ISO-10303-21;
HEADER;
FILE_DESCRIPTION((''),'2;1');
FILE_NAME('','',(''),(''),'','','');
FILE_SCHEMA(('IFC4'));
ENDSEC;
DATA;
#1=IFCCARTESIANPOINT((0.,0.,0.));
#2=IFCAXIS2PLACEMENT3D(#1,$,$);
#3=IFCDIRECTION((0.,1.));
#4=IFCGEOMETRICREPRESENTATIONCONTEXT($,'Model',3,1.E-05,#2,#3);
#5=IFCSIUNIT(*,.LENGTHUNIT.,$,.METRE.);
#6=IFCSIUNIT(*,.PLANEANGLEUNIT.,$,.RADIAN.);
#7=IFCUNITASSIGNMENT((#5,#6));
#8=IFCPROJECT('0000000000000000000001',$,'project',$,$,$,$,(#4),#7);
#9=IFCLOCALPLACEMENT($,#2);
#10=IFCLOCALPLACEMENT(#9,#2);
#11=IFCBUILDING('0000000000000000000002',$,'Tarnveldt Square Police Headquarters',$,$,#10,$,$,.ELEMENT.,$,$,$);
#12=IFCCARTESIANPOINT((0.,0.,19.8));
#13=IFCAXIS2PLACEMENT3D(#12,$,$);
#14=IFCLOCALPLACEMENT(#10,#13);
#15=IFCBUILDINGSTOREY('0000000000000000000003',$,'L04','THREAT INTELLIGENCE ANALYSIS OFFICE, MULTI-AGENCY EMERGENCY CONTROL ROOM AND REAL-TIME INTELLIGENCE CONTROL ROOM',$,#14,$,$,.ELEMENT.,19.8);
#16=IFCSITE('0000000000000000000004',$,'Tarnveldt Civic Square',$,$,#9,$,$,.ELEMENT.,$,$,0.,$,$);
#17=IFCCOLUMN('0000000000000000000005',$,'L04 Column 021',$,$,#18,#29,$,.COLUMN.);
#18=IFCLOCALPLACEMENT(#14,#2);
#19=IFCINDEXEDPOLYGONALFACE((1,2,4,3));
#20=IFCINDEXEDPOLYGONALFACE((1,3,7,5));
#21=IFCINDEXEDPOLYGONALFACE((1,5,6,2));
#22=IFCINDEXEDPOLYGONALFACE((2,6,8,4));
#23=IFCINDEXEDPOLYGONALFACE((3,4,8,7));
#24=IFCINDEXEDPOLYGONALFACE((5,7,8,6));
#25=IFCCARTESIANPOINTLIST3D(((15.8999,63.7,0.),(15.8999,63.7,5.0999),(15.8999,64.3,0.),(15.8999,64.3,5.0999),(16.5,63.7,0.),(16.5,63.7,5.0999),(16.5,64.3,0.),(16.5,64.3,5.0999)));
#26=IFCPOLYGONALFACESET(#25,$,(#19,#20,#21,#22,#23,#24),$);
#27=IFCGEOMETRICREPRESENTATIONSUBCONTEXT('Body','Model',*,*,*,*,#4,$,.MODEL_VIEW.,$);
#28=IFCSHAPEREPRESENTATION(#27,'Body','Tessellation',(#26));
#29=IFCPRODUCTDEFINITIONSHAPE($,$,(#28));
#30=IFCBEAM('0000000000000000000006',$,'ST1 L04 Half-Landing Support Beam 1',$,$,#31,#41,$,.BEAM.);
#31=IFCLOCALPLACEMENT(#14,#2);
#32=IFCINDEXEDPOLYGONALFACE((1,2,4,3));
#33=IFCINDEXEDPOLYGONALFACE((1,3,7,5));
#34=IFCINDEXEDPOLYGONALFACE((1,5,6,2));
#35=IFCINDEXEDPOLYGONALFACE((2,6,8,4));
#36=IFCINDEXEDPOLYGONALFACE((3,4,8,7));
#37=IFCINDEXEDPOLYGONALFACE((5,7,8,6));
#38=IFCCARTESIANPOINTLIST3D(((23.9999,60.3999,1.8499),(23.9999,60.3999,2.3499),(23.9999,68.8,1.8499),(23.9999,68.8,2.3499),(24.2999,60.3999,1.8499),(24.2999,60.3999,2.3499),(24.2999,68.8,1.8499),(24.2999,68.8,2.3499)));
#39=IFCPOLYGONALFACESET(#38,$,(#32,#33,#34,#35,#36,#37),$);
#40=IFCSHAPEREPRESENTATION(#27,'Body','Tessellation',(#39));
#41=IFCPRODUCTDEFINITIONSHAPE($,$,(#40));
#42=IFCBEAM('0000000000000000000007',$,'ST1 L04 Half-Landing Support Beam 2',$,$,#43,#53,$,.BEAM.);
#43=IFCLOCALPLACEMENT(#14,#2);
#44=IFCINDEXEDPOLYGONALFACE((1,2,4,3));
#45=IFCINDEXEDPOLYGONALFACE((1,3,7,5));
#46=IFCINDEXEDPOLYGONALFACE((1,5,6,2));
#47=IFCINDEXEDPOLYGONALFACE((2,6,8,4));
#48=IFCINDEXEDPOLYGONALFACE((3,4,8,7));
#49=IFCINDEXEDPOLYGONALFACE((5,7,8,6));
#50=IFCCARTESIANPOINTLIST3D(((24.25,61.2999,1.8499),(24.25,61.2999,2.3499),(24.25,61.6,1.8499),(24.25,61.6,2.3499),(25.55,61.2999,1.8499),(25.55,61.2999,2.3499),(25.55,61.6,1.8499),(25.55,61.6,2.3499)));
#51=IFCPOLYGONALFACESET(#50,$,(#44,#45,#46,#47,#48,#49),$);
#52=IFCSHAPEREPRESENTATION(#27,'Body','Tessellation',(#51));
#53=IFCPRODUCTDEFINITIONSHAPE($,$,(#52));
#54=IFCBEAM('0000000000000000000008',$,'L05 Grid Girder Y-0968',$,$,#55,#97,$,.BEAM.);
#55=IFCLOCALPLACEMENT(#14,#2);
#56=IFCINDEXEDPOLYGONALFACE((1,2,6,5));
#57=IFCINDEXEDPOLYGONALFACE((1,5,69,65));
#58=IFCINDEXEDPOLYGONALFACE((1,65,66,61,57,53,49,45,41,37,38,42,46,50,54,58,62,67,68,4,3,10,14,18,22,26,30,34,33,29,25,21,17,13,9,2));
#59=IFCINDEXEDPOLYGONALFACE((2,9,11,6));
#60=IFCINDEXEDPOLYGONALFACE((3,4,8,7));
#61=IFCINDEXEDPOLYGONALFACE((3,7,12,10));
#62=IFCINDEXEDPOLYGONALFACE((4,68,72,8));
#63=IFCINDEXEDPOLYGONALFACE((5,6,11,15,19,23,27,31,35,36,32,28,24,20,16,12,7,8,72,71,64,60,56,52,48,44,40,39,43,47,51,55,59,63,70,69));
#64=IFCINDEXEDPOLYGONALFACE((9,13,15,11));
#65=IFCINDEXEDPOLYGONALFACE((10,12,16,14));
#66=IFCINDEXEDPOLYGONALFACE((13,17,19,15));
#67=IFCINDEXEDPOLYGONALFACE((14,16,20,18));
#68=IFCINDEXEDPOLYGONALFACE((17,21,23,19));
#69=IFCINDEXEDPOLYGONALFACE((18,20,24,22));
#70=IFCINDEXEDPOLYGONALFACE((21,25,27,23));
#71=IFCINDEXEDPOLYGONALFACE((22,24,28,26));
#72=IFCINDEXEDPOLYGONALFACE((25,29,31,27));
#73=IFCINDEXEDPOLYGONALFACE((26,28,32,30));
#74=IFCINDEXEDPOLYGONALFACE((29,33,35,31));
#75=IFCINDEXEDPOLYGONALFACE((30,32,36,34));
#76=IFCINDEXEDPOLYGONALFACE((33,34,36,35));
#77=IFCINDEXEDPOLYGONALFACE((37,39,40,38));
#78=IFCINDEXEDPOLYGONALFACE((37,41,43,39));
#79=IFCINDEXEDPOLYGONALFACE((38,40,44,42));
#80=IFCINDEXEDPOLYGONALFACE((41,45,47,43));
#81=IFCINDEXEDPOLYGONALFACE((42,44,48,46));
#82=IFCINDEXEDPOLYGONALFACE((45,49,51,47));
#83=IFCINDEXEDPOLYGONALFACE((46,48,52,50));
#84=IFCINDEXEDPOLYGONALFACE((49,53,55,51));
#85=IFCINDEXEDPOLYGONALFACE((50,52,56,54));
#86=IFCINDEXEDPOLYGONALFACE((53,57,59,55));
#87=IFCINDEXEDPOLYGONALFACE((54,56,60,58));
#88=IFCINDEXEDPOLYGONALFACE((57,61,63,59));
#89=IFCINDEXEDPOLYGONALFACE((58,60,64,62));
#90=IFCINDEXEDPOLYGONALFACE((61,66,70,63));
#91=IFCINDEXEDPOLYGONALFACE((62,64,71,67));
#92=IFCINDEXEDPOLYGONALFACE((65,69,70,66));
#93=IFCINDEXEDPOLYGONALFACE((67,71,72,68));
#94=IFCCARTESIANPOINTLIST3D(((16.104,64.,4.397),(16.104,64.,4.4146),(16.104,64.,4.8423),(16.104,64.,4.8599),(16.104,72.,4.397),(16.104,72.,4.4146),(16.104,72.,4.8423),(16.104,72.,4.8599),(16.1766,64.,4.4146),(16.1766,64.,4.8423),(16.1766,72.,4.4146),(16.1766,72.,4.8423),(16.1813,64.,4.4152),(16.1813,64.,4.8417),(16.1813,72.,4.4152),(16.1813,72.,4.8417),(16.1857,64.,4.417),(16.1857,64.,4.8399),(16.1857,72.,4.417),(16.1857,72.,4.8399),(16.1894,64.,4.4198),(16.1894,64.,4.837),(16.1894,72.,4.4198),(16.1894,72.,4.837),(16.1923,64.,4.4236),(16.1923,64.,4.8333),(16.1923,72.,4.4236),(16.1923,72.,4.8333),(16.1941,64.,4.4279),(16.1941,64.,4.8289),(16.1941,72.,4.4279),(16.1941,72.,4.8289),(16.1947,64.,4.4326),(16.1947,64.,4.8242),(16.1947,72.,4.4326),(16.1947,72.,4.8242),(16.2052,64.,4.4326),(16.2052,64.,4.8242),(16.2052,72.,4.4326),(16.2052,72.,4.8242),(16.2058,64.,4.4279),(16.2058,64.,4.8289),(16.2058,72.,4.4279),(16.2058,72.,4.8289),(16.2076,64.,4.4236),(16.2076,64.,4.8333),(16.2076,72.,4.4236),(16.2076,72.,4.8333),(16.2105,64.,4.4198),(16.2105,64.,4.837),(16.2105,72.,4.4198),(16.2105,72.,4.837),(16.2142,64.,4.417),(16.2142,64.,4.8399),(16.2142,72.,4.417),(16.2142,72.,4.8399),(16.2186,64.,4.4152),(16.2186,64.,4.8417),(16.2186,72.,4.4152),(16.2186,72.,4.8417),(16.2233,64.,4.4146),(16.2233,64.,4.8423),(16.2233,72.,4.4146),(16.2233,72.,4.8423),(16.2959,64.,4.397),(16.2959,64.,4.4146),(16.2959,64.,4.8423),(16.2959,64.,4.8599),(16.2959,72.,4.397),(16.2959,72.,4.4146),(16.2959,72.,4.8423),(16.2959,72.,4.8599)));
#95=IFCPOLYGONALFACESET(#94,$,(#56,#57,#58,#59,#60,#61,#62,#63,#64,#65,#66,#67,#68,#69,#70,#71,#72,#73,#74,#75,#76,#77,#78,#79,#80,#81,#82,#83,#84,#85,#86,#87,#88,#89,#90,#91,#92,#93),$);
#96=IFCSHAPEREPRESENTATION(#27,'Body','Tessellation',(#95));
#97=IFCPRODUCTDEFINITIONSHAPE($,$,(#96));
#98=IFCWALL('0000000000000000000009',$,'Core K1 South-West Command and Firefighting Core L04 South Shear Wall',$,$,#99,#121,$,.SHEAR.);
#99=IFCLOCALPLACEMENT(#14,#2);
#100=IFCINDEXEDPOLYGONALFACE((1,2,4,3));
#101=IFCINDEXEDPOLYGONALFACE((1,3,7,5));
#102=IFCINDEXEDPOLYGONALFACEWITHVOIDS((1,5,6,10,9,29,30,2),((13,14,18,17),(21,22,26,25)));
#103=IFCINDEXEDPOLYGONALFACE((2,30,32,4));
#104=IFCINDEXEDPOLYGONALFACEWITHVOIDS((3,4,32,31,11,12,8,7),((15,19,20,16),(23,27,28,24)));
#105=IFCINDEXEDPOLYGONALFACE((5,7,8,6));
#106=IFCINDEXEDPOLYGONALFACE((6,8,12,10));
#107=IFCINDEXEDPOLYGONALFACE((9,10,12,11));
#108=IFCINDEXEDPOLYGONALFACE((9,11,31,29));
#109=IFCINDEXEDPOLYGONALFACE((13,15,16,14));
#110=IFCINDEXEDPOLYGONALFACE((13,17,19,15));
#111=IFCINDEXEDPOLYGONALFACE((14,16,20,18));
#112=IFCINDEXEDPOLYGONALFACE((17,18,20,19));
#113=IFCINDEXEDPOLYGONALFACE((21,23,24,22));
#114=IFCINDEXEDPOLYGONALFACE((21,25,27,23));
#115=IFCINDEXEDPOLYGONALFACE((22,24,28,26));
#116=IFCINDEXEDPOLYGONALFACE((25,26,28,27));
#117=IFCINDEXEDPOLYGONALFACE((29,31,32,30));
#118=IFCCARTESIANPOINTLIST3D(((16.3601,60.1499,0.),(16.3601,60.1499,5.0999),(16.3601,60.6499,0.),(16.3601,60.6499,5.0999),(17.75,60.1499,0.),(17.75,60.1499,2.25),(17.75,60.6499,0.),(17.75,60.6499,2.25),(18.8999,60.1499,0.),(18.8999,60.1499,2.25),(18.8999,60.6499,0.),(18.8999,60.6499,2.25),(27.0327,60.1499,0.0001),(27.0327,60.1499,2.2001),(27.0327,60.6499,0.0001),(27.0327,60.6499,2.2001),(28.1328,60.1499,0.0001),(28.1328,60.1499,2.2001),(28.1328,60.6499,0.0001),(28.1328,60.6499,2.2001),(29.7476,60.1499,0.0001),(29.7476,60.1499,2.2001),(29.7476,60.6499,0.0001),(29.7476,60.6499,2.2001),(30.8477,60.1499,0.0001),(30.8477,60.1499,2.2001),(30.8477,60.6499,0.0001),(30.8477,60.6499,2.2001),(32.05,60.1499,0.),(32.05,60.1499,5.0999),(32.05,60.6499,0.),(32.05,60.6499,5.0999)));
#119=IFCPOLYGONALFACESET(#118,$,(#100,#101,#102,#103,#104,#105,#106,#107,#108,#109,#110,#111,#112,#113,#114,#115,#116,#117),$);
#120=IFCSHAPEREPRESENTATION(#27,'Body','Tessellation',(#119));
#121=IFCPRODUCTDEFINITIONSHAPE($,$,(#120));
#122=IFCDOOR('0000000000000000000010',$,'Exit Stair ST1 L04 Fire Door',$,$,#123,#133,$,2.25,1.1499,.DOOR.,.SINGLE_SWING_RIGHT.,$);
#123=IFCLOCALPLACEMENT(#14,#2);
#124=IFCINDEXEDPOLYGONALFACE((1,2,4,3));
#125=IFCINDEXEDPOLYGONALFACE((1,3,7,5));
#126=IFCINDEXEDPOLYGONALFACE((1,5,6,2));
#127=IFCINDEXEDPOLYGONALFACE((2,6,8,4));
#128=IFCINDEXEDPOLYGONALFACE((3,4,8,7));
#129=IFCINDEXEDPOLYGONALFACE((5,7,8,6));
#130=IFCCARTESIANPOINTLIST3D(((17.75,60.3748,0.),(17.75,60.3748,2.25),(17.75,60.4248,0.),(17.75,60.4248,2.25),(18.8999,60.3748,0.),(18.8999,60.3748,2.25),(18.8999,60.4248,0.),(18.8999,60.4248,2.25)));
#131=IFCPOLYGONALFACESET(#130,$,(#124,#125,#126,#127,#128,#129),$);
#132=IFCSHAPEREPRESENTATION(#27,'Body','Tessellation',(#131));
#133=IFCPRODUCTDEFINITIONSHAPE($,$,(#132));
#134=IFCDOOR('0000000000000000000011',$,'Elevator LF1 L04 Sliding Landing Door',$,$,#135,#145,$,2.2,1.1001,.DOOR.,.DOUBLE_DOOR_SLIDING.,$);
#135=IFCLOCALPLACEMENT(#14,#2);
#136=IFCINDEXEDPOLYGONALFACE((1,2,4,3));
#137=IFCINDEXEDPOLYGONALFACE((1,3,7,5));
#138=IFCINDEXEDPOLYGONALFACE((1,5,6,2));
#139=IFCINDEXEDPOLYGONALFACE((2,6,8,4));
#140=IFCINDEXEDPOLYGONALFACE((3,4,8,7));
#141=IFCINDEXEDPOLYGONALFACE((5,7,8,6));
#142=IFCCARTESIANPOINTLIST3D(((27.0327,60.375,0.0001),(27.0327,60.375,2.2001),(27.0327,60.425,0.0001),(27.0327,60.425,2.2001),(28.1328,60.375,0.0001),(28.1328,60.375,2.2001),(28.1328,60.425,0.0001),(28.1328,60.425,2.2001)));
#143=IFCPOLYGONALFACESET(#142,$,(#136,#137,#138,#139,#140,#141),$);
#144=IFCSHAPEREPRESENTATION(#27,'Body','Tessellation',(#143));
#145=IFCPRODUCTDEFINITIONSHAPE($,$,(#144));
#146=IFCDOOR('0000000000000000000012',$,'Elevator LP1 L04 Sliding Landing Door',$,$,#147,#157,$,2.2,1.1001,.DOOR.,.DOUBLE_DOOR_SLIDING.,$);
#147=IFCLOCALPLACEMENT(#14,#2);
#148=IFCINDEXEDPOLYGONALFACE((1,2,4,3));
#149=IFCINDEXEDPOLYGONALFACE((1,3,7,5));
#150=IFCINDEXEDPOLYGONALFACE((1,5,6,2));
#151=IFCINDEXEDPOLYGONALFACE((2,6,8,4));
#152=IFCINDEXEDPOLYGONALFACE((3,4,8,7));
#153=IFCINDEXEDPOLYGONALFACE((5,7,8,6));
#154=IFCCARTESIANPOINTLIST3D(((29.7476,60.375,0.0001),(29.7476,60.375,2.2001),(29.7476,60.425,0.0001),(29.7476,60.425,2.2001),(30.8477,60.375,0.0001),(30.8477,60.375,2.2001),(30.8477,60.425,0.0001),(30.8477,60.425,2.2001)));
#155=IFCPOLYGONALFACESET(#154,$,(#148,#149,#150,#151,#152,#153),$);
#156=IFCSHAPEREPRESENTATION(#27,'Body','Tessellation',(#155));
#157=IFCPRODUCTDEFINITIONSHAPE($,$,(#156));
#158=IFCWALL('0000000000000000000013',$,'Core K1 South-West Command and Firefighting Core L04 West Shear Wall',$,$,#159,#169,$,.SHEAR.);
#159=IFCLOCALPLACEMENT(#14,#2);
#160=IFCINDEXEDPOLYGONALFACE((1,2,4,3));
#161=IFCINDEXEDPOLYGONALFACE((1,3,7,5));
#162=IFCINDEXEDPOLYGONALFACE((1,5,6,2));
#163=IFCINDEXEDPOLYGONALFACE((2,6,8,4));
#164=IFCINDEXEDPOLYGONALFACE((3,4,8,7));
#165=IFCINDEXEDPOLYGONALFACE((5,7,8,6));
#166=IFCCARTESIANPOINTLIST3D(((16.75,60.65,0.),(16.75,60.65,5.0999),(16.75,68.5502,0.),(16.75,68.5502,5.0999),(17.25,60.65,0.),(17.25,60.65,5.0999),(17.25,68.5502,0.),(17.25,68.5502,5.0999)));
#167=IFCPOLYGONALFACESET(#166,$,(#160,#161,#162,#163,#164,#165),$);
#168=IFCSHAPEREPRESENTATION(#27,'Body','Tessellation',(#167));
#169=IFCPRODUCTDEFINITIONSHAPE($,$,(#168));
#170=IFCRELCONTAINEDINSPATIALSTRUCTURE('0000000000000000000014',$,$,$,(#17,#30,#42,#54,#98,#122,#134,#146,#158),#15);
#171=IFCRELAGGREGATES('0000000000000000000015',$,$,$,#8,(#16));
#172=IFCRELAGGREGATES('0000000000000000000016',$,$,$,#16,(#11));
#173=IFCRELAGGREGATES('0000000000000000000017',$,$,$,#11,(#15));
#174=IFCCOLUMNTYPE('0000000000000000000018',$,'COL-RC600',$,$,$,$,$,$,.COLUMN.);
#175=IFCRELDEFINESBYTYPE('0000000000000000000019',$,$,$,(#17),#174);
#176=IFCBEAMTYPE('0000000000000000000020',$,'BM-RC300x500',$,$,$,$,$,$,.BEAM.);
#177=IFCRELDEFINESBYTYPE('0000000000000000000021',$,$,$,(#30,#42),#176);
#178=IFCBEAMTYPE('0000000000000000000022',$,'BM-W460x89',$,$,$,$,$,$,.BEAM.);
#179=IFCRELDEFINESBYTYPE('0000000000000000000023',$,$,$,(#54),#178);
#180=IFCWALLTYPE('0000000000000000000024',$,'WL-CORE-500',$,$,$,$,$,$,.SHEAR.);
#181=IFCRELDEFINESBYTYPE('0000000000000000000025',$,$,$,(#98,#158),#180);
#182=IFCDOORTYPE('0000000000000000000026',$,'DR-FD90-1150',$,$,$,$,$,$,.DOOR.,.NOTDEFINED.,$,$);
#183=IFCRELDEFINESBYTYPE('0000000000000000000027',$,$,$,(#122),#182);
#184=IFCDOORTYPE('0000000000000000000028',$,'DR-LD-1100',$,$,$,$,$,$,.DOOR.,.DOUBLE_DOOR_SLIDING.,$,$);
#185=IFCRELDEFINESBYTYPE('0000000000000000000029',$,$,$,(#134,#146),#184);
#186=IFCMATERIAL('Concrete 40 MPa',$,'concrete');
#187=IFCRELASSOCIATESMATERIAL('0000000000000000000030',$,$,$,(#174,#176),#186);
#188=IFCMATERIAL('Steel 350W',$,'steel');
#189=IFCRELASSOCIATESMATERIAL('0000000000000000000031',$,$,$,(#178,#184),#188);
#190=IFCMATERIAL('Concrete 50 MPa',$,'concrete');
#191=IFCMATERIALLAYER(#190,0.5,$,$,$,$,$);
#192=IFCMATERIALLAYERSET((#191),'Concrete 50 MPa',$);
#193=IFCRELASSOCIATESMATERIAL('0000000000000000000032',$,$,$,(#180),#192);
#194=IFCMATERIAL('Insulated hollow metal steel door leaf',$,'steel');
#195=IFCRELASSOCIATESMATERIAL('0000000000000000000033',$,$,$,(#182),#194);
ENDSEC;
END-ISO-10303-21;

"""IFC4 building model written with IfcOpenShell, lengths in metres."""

from ifc_helpers import new_model, si_unit, direction, frame, frame_2d, origin, origin_2d, place, context, subcontext, project, spatial, rectangle, i_section, extrude, material, layer, layer_set, material_profile, profile_set, type_object, element, fill, save


model = new_model("IFC4")

# Units and contexts
model_context = context("Model", 3, precision=1e-05, world=origin(), true_north=direction((0.0, 1.0)))
body_context = subcontext(model_context, "Body", "Model", "MODEL_VIEW")
ifc_project = project(units=[si_unit("LENGTHUNIT", "METRE"), si_unit("PLANEANGLEUNIT", "RADIAN")], contexts=[model_context])

# Site, building, storey
site_placement = place(None, origin())
site = spatial("IfcSite", under=ifc_project, at=site_placement, Name="Tarnveldt Civic Square", CompositionType="ELEMENT", RefElevation=0.0)
building_placement = place(site_placement, origin())
building = spatial("IfcBuilding", under=site, at=building_placement, Name="Tarnveldt Square Police Headquarters", CompositionType="ELEMENT")
storey_placement = place(building_placement, frame((0.0, 0.0, 19.8)))
storey = spatial("IfcBuildingStorey", under=building, at=storey_placement, Name="L04", Description="THREAT INTELLIGENCE ANALYSIS OFFICE, MULTI-AGENCY EMERGENCY CONTROL ROOM AND REAL-TIME INTELLIGENCE CONTROL ROOM", CompositionType="ELEMENT", Elevation=19.8)

# Column
ifc_material_1 = material(Name="Concrete 40 MPa", Category="concrete")
ifc_material_profile_1 = material_profile(ifc_material_1, rectangle(XDim=0.6001, YDim=0.6001, at=origin_2d()), Name="RC-C600x600")
ifc_profile_set_1 = profile_set([ifc_material_profile_1], Name="Concrete 40 MPa")
column_type = type_object("IfcColumnType", Name="COL-RC600", PredefinedType="COLUMN", material=ifc_profile_set_1)
column_placement = place(storey_placement, frame((16.2, 64.0, 0.0), z_axis=(0.0, 0.0, 1.0), x_axis=(1.0, 0.0, 0.0)))
element("IfcColumn", 1, at=column_placement, inside=storey, type_object=column_type, Name="L04 Column 021", PredefinedType="COLUMN", context=body_context, shape_type="SweptSolid", body=[
    extrude(rectangle(XDim=0.6001, YDim=0.6001, at=origin_2d()), origin(), (0.0, 0.0, 1.0), 5.0999),
])

# Beams
ifc_material_profile_2 = material_profile(ifc_material_1, rectangle(XDim=0.3, YDim=0.5, at=origin_2d()), Name="RC-B300x500")
ifc_profile_set_2 = profile_set([ifc_material_profile_2], Name="Concrete 40 MPa")
beam_type_1 = type_object("IfcBeamType", Name="BM-RC300x500", PredefinedType="BEAM", material=ifc_profile_set_2)
beam_1_placement = place(storey_placement, frame((24.1499, 60.3999, 2.0999), z_axis=(0.0, 1.0, 0.0), x_axis=(-1.0, 0.0, 0.0)))
element("IfcBeam", 2, at=beam_1_placement, inside=storey, type_object=beam_type_1, Name="ST1 L04 Half-Landing Support Beam 1", PredefinedType="BEAM", context=body_context, shape_type="SweptSolid", body=[
    extrude(rectangle(XDim=0.3, YDim=0.5, at=origin_2d()), origin(), (0.0, 0.0, 1.0), 8.4001),
])
beam_2_placement = place(storey_placement, frame((24.25, 61.45, 2.0999), z_axis=(1.0, 0.0, 0.0), x_axis=(0.0, 1.0, 0.0)))
element("IfcBeam", 3, at=beam_2_placement, inside=storey, type_object=beam_type_1, Name="ST1 L04 Half-Landing Support Beam 2", PredefinedType="BEAM", context=body_context, shape_type="SweptSolid", body=[
    extrude(rectangle(XDim=0.3, YDim=0.5, at=origin_2d()), origin(), (0.0, 0.0, 1.0), 1.3),
])
ifc_material_2 = material(Name="Steel 350W", Category="steel")
ifc_material_profile_3 = material_profile(ifc_material_2, i_section(OverallWidth=0.1919, OverallDepth=0.4629, WebThickness=0.0105, FlangeThickness=0.0176, FilletRadius=0.0181, at=origin_2d()), Name="W460x89")
ifc_profile_set_3 = profile_set([ifc_material_profile_3], Name="Steel 350W")
beam_type_2 = type_object("IfcBeamType", Name="BM-W460x89", PredefinedType="BEAM", material=ifc_profile_set_3)
beam_3_placement = place(storey_placement, frame((16.2, 64.0, 4.6284), z_axis=(0.0, 1.0, 0.0), x_axis=(-1.0, 0.0, 0.0)))
element("IfcBeam", 4, at=beam_3_placement, inside=storey, type_object=beam_type_2, Name="L05 Grid Girder Y-0968", PredefinedType="BEAM", context=body_context, shape_type="SweptSolid", body=[
    extrude(i_section(OverallWidth=0.1919, OverallDepth=0.4629, WebThickness=0.0105, FlangeThickness=0.0176, FilletRadius=0.0181, at=origin_2d()), origin(), (0.0, 0.0, 1.0), 8.0),
])

# Wall, openings, doors
ifc_material_3 = material(Name="Concrete 50 MPa", Category="concrete")
ifc_layer_1 = layer(ifc_material_3, 0.5)
ifc_layer_set_1 = layer_set([ifc_layer_1], Name="Concrete 50 MPa")
wall_type_1 = type_object("IfcWallType", Name="WL-CORE-500", PredefinedType="SHEAR", material=ifc_layer_set_1)
wall_1_placement = place(storey_placement, frame((16.3601, 60.3999, 0.0), z_axis=(0.0, 0.0, 1.0), x_axis=(1.0, 0.0, 0.0)))
wall_1 = element("IfcWall", 5, at=wall_1_placement, inside=storey, type_object=wall_type_1, Name="Core K1 South-West Command and Firefighting Core L04 South Shear Wall", PredefinedType="SHEAR", context=body_context, shape_type="SweptSolid", body=[
    extrude(rectangle(XDim=15.6899, YDim=0.5, at=frame_2d((7.845, 0.0))), origin(), (0.0, 0.0, 1.0), 5.0999),
])
opening_1_placement = place(wall_1_placement, frame((1.3899, 0.0, 0.0)))
opening_1 = element("IfcOpeningElement", 6, at=opening_1_placement, cuts=wall_1, PredefinedType="OPENING", context=body_context, shape_type="SweptSolid", body=[
    extrude(rectangle(XDim=1.1499, YDim=2.25, at=frame_2d((0.575, 1.125))), frame((0.0, 0.26, 0.0), z_axis=(0.0, -1.0, 0.0), x_axis=(1.0, 0.0, 0.0)), (0.0, 0.0, 1.0), 0.52),
])
opening_2_placement = place(wall_1_placement, frame((10.6726, 0.0, 0.0)))
opening_2 = element("IfcOpeningElement", 7, at=opening_2_placement, cuts=wall_1, PredefinedType="OPENING", context=body_context, shape_type="SweptSolid", body=[
    extrude(rectangle(XDim=1.1001, YDim=2.2, at=frame_2d((0.55, 1.1001))), frame((0.0, 0.26, 0.0), z_axis=(0.0, -1.0, 0.0), x_axis=(1.0, 0.0, 0.0)), (0.0, 0.0, 1.0), 0.52),
])
opening_3_placement = place(wall_1_placement, frame((13.3875, 0.0, 0.0)))
opening_3 = element("IfcOpeningElement", 8, at=opening_3_placement, cuts=wall_1, PredefinedType="OPENING", context=body_context, shape_type="SweptSolid", body=[
    extrude(rectangle(XDim=1.1001, YDim=2.2, at=frame_2d((0.55, 1.1001))), frame((0.0, 0.26, 0.0), z_axis=(0.0, -1.0, 0.0), x_axis=(1.0, 0.0, 0.0)), (0.0, 0.0, 1.0), 0.52),
])
ifc_material_4 = material(Name="Insulated hollow metal steel door leaf", Category="steel")
door_type_1 = type_object("IfcDoorType", Name="DR-FD90-1150", OperationType="NOTDEFINED", PredefinedType="DOOR", material=ifc_material_4)
door_1_placement = place(opening_1_placement, origin())
door_1 = element("IfcDoor", 9, at=door_1_placement, inside=storey, type_object=door_type_1, Name="Exit Stair ST1 L04 Fire Door", OperationType="SINGLE_SWING_RIGHT", OverallHeight=2.25, OverallWidth=1.1499, PredefinedType="DOOR", context=body_context, shape_type="SweptSolid", body=[
    extrude(rectangle(XDim=1.1499, YDim=2.25, at=frame_2d((0.575, 1.125))), frame((0.0, 0.0249, 0.0), z_axis=(0.0, -1.0, 0.0), x_axis=(1.0, 0.0, 0.0)), (0.0, 0.0, 1.0), 0.05),
])
fill(opening_1, door_1)
door_type_2 = type_object("IfcDoorType", Name="DR-LD-1100", OperationType="DOUBLE_DOOR_SLIDING", PredefinedType="DOOR", material=ifc_material_2)
door_2_placement = place(opening_2_placement, frame((1.1001, 0.0, 0.0), z_axis=(0.0, 0.0, 1.0), x_axis=(-1.0, 0.0, 0.0)))
door_2 = element("IfcDoor", 10, at=door_2_placement, inside=storey, type_object=door_type_2, Name="Elevator LF1 L04 Sliding Landing Door", OperationType="DOUBLE_DOOR_SLIDING", OverallHeight=2.2, OverallWidth=1.1001, PredefinedType="DOOR", context=body_context, shape_type="SweptSolid", body=[
    extrude(rectangle(XDim=1.1001, YDim=2.2, at=frame_2d((0.55, 1.1001))), frame((0.0, 0.0249, 0.0), z_axis=(0.0, -1.0, 0.0), x_axis=(1.0, 0.0, 0.0)), (0.0, 0.0, 1.0), 0.05),
])
fill(opening_2, door_2)
door_3_placement = place(opening_3_placement, frame((1.1001, 0.0, 0.0), z_axis=(0.0, 0.0, 1.0), x_axis=(-1.0, 0.0, 0.0)))
door_3 = element("IfcDoor", 11, at=door_3_placement, inside=storey, type_object=door_type_2, Name="Elevator LP1 L04 Sliding Landing Door", OperationType="DOUBLE_DOOR_SLIDING", OverallHeight=2.2, OverallWidth=1.1001, PredefinedType="DOOR", context=body_context, shape_type="SweptSolid", body=[
    extrude(rectangle(XDim=1.1001, YDim=2.2, at=frame_2d((0.55, 1.1001))), frame((0.0, 0.0249, 0.0), z_axis=(0.0, -1.0, 0.0), x_axis=(1.0, 0.0, 0.0)), (0.0, 0.0, 1.0), 0.05),
])
fill(opening_3, door_3)

# Wall
wall_2_placement = place(storey_placement, frame((17.0, 60.6499, 0.0), z_axis=(0.0, 0.0, 1.0), x_axis=(0.0, 1.0, 0.0)))
element("IfcWall", 12, at=wall_2_placement, inside=storey, type_object=wall_type_1, Name="Core K1 South-West Command and Firefighting Core L04 West Shear Wall", PredefinedType="SHEAR", context=body_context, shape_type="SweptSolid", body=[
    extrude(rectangle(XDim=7.9001, YDim=0.5, at=frame_2d((3.9502, 0.0))), origin(), (0.0, 0.0, 1.0), 5.0999),
])

save(model, "model.ifc")
